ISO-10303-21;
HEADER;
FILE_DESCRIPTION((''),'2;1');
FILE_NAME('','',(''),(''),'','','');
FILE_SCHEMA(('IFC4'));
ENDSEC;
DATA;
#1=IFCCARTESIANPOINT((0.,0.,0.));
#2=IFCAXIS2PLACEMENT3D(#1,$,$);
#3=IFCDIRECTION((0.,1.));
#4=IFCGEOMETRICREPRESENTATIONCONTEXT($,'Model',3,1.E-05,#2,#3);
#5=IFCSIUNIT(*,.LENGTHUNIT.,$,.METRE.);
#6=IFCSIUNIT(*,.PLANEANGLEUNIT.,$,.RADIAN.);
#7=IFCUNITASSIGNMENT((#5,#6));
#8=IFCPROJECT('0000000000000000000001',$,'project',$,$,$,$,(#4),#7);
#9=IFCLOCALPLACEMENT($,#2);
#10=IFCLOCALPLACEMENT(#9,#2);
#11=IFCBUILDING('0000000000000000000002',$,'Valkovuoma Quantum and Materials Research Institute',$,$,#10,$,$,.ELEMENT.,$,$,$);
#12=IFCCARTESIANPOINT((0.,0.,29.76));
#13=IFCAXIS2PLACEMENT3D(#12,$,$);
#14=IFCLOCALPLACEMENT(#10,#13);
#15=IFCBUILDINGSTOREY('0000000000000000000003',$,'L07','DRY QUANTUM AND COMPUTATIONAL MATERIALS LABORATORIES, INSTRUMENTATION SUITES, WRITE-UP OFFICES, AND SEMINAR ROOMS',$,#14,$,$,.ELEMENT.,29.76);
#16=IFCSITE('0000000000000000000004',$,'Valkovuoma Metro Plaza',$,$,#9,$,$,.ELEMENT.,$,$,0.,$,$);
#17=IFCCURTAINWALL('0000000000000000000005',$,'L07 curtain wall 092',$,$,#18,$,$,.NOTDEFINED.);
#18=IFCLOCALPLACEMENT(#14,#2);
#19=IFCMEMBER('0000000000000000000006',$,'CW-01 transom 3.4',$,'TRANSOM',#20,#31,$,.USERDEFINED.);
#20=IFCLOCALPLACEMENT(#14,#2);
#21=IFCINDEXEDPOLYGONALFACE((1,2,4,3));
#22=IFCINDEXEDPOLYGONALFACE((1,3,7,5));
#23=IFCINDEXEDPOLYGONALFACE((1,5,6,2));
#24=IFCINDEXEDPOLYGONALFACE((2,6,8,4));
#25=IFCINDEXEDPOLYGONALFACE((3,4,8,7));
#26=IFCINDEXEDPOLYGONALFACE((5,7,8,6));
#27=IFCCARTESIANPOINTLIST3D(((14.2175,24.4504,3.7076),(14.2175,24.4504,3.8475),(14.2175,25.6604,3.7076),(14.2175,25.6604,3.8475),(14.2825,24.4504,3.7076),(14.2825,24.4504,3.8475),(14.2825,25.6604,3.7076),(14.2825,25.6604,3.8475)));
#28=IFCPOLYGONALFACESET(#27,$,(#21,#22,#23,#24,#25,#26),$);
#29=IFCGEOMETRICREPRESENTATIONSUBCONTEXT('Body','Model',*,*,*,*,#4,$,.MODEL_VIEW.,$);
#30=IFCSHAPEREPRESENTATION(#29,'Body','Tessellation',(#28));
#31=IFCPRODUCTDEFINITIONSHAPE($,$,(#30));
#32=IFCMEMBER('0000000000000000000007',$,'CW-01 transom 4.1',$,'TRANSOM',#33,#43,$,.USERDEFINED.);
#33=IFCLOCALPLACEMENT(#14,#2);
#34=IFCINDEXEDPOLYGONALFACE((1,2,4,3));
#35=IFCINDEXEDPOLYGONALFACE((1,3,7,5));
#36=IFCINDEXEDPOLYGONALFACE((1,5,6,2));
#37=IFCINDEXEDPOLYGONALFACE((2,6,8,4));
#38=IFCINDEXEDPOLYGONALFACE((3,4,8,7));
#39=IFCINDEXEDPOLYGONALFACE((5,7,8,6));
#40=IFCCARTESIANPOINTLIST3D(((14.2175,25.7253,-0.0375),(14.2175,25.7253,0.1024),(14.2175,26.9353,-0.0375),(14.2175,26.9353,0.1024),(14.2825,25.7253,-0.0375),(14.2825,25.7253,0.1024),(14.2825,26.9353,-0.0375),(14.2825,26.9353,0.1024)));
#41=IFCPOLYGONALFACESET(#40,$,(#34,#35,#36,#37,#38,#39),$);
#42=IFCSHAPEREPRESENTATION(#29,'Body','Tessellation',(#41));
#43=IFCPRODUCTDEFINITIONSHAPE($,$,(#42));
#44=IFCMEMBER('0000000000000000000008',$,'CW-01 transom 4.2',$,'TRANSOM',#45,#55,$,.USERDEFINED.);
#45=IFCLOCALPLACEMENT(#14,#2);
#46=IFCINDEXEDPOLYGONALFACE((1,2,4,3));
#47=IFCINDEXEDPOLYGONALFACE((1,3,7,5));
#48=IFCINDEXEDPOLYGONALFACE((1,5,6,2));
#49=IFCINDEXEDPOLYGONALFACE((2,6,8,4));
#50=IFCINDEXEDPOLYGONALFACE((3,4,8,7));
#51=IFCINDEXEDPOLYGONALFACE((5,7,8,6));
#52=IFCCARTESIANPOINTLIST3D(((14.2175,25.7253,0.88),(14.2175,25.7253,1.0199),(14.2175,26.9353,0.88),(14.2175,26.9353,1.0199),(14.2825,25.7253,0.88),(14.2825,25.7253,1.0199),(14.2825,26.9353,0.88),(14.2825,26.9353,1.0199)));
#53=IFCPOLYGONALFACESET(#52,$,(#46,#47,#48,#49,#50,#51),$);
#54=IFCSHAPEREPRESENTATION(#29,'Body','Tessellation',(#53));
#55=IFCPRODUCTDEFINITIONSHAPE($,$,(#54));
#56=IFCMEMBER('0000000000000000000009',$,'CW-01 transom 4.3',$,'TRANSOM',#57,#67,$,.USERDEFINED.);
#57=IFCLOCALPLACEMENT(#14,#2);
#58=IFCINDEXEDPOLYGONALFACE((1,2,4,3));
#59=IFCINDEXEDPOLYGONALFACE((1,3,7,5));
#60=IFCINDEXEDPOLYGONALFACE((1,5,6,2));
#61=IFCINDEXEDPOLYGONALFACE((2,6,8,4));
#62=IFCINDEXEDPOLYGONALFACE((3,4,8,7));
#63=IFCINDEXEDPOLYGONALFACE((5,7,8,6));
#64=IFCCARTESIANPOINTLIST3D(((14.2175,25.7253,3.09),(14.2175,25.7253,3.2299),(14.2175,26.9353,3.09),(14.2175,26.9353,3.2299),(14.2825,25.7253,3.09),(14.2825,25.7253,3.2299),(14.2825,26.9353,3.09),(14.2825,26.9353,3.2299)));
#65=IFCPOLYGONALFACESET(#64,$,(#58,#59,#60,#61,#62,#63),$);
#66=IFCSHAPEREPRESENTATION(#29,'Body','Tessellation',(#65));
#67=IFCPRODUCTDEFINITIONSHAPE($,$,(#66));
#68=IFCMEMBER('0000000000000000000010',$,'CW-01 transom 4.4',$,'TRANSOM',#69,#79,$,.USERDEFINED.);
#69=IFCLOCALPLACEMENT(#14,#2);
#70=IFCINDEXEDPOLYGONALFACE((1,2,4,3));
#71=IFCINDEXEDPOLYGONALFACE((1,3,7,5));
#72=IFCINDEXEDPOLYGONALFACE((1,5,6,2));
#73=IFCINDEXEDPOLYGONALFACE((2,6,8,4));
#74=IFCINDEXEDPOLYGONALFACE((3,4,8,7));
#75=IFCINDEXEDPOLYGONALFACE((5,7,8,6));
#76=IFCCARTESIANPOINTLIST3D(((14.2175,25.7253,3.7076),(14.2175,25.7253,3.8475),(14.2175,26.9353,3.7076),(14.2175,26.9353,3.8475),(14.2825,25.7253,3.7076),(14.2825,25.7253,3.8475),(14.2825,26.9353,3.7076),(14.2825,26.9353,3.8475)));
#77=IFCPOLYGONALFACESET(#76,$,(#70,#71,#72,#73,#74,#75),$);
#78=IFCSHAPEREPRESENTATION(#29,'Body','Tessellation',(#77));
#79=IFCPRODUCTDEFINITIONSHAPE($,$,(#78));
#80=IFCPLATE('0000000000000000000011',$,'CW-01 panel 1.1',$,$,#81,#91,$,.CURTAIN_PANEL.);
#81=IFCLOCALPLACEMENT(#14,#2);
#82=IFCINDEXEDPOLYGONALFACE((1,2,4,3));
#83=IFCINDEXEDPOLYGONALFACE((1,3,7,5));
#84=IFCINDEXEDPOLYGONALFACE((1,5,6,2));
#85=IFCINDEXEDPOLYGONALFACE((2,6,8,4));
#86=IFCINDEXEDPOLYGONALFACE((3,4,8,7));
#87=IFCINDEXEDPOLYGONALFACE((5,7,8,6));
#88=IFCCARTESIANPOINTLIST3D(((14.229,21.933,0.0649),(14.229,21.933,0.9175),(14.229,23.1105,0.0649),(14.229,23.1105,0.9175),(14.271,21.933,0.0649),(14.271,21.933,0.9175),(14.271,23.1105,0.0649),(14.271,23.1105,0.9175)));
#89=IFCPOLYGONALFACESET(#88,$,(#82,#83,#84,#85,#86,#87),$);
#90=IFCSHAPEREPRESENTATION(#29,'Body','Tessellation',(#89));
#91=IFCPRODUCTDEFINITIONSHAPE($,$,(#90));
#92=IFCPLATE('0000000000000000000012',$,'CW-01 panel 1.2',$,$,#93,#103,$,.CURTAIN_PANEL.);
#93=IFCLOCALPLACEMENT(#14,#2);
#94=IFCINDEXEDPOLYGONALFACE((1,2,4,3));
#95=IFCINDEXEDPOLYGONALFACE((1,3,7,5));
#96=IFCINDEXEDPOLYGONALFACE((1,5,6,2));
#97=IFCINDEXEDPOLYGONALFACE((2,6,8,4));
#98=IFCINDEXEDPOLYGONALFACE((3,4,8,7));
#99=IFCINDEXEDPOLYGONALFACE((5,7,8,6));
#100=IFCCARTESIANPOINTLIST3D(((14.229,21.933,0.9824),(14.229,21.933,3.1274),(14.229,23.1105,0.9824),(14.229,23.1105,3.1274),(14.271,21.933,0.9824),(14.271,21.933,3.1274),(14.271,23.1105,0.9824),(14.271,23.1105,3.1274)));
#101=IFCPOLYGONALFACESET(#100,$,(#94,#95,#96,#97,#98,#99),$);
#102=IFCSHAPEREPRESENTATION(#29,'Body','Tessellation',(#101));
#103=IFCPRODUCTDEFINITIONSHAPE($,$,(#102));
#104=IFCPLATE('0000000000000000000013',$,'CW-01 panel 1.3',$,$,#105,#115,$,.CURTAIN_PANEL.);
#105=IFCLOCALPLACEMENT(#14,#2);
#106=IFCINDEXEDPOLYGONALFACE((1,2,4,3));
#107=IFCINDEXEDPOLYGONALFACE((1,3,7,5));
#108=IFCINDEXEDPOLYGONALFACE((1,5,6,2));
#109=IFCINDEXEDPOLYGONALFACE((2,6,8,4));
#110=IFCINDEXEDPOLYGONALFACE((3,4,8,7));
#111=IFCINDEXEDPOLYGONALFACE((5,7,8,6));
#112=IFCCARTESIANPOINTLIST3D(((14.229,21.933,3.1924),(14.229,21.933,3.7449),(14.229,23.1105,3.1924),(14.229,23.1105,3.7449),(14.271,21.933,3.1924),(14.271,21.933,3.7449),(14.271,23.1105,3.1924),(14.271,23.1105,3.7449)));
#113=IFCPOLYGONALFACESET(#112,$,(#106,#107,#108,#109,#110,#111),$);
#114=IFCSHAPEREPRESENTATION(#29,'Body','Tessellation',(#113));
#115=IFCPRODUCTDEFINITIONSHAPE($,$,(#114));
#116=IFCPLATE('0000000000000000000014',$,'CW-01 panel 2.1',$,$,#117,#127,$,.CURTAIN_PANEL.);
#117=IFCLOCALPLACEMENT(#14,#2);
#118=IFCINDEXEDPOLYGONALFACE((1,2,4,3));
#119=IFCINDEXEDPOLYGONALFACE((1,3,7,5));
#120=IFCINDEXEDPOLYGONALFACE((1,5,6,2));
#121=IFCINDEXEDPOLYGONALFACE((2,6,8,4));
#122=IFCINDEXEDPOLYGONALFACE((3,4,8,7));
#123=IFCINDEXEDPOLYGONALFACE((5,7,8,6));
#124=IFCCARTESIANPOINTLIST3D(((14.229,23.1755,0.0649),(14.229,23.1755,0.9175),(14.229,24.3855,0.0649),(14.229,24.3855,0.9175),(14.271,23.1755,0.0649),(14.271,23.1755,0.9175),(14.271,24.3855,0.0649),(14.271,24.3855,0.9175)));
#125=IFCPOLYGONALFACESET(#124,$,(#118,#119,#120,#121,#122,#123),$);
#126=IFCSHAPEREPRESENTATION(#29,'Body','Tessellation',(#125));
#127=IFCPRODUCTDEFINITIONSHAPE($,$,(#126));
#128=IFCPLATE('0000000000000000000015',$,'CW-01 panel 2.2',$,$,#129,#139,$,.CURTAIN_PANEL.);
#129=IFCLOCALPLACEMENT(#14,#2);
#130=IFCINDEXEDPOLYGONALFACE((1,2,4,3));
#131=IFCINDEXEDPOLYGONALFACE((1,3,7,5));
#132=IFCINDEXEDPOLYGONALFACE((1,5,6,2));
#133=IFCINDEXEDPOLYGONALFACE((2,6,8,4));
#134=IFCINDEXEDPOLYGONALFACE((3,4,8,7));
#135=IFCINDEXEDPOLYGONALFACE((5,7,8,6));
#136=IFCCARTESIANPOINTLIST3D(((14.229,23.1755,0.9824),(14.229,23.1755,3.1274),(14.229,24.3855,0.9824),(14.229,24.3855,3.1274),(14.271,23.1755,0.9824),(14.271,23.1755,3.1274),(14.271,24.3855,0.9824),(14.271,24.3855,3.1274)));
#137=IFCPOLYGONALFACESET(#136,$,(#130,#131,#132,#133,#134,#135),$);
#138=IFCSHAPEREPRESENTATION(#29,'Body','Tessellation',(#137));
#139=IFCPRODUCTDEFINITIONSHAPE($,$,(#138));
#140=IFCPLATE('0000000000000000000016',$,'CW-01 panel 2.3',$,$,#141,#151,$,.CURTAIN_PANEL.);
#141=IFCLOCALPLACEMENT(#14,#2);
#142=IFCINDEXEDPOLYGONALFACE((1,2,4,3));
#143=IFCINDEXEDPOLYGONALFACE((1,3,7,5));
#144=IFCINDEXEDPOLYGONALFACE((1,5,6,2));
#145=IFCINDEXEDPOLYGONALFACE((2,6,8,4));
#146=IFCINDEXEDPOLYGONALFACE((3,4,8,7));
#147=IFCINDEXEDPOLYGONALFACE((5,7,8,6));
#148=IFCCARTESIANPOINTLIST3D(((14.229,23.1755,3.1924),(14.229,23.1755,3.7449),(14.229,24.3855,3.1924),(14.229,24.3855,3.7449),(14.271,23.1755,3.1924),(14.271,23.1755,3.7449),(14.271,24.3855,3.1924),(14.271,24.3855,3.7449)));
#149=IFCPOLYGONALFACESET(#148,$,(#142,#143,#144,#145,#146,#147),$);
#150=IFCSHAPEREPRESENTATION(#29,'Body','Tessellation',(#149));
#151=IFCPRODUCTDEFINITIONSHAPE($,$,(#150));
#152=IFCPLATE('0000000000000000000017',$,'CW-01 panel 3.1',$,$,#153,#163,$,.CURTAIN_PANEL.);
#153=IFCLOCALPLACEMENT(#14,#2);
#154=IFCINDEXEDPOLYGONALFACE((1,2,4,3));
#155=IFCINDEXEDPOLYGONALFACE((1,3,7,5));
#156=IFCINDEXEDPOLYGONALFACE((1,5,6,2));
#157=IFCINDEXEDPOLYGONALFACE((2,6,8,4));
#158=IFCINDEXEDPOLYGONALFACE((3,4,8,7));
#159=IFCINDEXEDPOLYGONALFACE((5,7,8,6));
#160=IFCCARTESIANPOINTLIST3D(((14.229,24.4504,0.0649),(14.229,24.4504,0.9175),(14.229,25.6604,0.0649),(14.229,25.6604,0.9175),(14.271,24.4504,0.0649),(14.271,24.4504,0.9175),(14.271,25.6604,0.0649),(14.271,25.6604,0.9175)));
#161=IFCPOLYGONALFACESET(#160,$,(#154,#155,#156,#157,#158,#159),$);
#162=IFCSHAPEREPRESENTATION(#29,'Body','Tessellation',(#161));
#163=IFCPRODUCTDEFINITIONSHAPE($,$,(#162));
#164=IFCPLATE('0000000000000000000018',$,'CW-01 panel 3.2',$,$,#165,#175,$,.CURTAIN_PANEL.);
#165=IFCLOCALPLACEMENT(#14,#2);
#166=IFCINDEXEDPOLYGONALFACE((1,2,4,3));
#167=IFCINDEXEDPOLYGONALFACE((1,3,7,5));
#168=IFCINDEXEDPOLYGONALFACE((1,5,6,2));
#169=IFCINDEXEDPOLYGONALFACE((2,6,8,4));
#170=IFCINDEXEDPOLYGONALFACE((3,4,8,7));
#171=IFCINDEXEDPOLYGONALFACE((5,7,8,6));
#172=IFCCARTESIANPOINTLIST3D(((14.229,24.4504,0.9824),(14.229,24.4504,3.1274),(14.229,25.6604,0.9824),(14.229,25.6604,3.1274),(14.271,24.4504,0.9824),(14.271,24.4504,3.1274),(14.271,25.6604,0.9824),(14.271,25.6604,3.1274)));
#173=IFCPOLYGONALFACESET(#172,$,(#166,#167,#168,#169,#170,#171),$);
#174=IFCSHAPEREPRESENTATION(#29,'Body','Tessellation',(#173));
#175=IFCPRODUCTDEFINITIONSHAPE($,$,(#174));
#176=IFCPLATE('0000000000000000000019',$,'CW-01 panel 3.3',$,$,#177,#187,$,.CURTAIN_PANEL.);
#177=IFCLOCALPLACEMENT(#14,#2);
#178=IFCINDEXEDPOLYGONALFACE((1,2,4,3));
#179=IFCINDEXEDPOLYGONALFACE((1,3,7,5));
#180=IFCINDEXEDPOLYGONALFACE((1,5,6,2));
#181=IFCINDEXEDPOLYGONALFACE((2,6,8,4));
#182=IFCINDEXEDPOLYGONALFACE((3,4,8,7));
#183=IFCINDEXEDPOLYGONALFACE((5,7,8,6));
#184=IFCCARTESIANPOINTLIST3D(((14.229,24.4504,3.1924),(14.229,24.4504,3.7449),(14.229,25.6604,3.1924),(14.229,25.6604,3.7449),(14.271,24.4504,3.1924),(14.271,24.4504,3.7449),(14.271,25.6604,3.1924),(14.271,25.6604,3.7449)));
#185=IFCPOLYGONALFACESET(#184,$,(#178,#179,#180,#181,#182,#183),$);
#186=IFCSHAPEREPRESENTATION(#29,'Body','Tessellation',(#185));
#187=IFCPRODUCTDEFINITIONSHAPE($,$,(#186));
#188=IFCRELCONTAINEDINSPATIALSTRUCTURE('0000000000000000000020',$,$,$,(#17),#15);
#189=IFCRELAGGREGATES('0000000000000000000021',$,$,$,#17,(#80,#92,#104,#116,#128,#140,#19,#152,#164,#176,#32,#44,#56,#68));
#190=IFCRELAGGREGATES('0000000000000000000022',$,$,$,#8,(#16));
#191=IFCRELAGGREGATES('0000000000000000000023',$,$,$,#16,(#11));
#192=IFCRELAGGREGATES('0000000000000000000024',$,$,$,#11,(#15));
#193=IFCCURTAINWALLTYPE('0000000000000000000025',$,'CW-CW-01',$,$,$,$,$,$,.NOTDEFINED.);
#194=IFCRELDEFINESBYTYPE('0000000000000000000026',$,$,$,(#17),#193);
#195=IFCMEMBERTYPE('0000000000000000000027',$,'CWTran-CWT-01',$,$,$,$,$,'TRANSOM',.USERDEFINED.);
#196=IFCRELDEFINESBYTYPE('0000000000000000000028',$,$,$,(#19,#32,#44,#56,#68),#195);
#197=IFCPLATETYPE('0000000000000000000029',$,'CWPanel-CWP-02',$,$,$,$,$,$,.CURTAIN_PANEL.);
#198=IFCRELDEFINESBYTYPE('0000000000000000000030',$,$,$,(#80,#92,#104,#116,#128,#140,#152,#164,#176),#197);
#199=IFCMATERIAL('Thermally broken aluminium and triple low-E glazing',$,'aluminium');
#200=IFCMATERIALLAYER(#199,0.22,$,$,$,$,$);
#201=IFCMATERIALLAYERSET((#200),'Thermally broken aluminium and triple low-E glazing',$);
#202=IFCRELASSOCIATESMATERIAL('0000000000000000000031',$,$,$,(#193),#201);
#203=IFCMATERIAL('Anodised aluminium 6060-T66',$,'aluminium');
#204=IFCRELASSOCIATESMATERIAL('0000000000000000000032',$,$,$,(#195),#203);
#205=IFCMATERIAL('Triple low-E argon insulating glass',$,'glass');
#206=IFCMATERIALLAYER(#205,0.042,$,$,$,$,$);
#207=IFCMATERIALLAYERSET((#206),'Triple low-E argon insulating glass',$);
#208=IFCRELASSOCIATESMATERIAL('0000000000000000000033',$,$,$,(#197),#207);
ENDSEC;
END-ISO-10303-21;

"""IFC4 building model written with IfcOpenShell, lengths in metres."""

from ifc_helpers import new_model, si_unit, direction, frame, origin, origin_2d, place, context, subcontext, project, spatial, rectangle, extrude, material, layer, layer_set, material_profile, profile_set, type_object, element, aggregate, save


model = new_model("IFC4")

# Units and contexts
model_context = context("Model", 3, precision=1e-05, world=origin(), true_north=direction((0.0, 1.0)))
body_context = subcontext(model_context, "Body", "Model", "MODEL_VIEW")
ifc_project = project(units=[si_unit("LENGTHUNIT", "METRE"), si_unit("PLANEANGLEUNIT", "RADIAN")], contexts=[model_context])

# Site, building, storey
site_placement = place(None, origin())
site = spatial("IfcSite", under=ifc_project, at=site_placement, Name="Valkovuoma Metro Plaza", CompositionType="ELEMENT", RefElevation=0.0)
building_placement = place(site_placement, origin())
building = spatial("IfcBuilding", under=site, at=building_placement, Name="Valkovuoma Quantum and Materials Research Institute", CompositionType="ELEMENT")
storey_placement = place(building_placement, frame((0.0, 0.0, 29.76)))
storey = spatial("IfcBuildingStorey", under=building, at=storey_placement, Name="L07", Description="DRY QUANTUM AND COMPUTATIONAL MATERIALS LABORATORIES, INSTRUMENTATION SUITES, WRITE-UP OFFICES, AND SEMINAR ROOMS", CompositionType="ELEMENT", Elevation=29.76)

# Curtain wall, members, plates
ifc_material_1 = material(Name="Thermally broken aluminium and triple low-E glazing", Category="aluminium")
ifc_layer_1 = layer(ifc_material_1, 0.22)
ifc_layer_set_1 = layer_set([ifc_layer_1], Name="Thermally broken aluminium and triple low-E glazing")
curtain_wall_type = type_object("IfcCurtainWallType", Name="CW-CW-01", PredefinedType="NOTDEFINED", material=ifc_layer_set_1)
curtain_wall_placement = place(storey_placement, origin())
curtain_wall = element("IfcCurtainWall", 1, at=curtain_wall_placement, inside=storey, type_object=curtain_wall_type, Name="L07 curtain wall 092", PredefinedType="NOTDEFINED")
ifc_material_2 = material(Name="Anodised aluminium 6060-T66", Category="aluminium")
ifc_material_profile_1 = material_profile(ifc_material_2, rectangle(XDim=0.0649, YDim=0.1399, at=origin_2d()), Name="Anodised aluminium 6060-T66")
ifc_profile_set_1 = profile_set([ifc_material_profile_1], Name="Anodised aluminium 6060-T66")
member_type_1 = type_object("IfcMemberType", Name="CWTran-CWT-01", ElementType="TRANSOM", PredefinedType="USERDEFINED", material=ifc_profile_set_1)
member_1_placement = place(storey_placement, frame((14.25, 24.4504, 3.7776), z_axis=(0.0, 1.0, 0.0), x_axis=(-1.0, 0.0, 0.0)))
member_1 = element("IfcMember", 2, at=member_1_placement, type_object=member_type_1, Name="CW-01 transom 3.4", ObjectType="TRANSOM", PredefinedType="USERDEFINED", context=body_context, shape_type="SweptSolid", body=[
    extrude(rectangle(XDim=0.0649, YDim=0.1399, at=origin_2d()), origin(), (0.0, 0.0, 1.0), 1.21),
])
member_2_placement = place(storey_placement, frame((14.25, 25.7253, 0.0325), z_axis=(0.0, 1.0, 0.0), x_axis=(-1.0, 0.0, 0.0)))
member_2 = element("IfcMember", 3, at=member_2_placement, type_object=member_type_1, Name="CW-01 transom 4.1", ObjectType="TRANSOM", PredefinedType="USERDEFINED", context=body_context, shape_type="SweptSolid", body=[
    extrude(rectangle(XDim=0.0649, YDim=0.1399, at=origin_2d()), origin(), (0.0, 0.0, 1.0), 1.21),
])
member_3_placement = place(storey_placement, frame((14.25, 25.7253, 0.95), z_axis=(0.0, 1.0, 0.0), x_axis=(-1.0, 0.0, 0.0)))
member_3 = element("IfcMember", 4, at=member_3_placement, type_object=member_type_1, Name="CW-01 transom 4.2", ObjectType="TRANSOM", PredefinedType="USERDEFINED", context=body_context, shape_type="SweptSolid", body=[
    extrude(rectangle(XDim=0.0649, YDim=0.1399, at=origin_2d()), origin(), (0.0, 0.0, 1.0), 1.21),
])
member_4_placement = place(storey_placement, frame((14.25, 25.7253, 3.1599), z_axis=(0.0, 1.0, 0.0), x_axis=(-1.0, 0.0, 0.0)))
member_4 = element("IfcMember", 5, at=member_4_placement, type_object=member_type_1, Name="CW-01 transom 4.3", ObjectType="TRANSOM", PredefinedType="USERDEFINED", context=body_context, shape_type="SweptSolid", body=[
    extrude(rectangle(XDim=0.0649, YDim=0.1399, at=origin_2d()), origin(), (0.0, 0.0, 1.0), 1.21),
])
member_5_placement = place(storey_placement, frame((14.25, 25.7253, 3.7776), z_axis=(0.0, 1.0, 0.0), x_axis=(-1.0, 0.0, 0.0)))
member_5 = element("IfcMember", 6, at=member_5_placement, type_object=member_type_1, Name="CW-01 transom 4.4", ObjectType="TRANSOM", PredefinedType="USERDEFINED", context=body_context, shape_type="SweptSolid", body=[
    extrude(rectangle(XDim=0.0649, YDim=0.1399, at=origin_2d()), origin(), (0.0, 0.0, 1.0), 1.21),
])
ifc_material_3 = material(Name="Triple low-E argon insulating glass", Category="glass")
ifc_layer_2 = layer(ifc_material_3, 0.042)
ifc_layer_set_2 = layer_set([ifc_layer_2], Name="Triple low-E argon insulating glass")
plate_type = type_object("IfcPlateType", Name="CWPanel-CWP-02", PredefinedType="CURTAIN_PANEL", material=ifc_layer_set_2)
plate_1_placement = place(storey_placement, frame((14.25, 22.5217, 0.0649), z_axis=(0.0, 0.0, 1.0), x_axis=(0.0, 1.0, 0.0)))
plate_1 = element("IfcPlate", 7, at=plate_1_placement, type_object=plate_type, Name="CW-01 panel 1.1", PredefinedType="CURTAIN_PANEL", context=body_context, shape_type="SweptSolid", body=[
    extrude(rectangle(XDim=1.1775, YDim=0.042, at=origin_2d()), origin(), (0.0, 0.0, 1.0), 0.8525),
])
plate_2_placement = place(storey_placement, frame((14.25, 22.5217, 0.9824), z_axis=(0.0, 0.0, 1.0), x_axis=(0.0, 1.0, 0.0)))
plate_2 = element("IfcPlate", 8, at=plate_2_placement, type_object=plate_type, Name="CW-01 panel 1.2", PredefinedType="CURTAIN_PANEL", context=body_context, shape_type="SweptSolid", body=[
    extrude(rectangle(XDim=1.1775, YDim=0.042, at=origin_2d()), origin(), (0.0, 0.0, 1.0), 2.145),
])
plate_3_placement = place(storey_placement, frame((14.25, 22.5217, 3.1924), z_axis=(0.0, 0.0, 1.0), x_axis=(0.0, 1.0, 0.0)))
plate_3 = element("IfcPlate", 9, at=plate_3_placement, type_object=plate_type, Name="CW-01 panel 1.3", PredefinedType="CURTAIN_PANEL", context=body_context, shape_type="SweptSolid", body=[
    extrude(rectangle(XDim=1.1775, YDim=0.042, at=origin_2d()), origin(), (0.0, 0.0, 1.0), 0.5525),
])
plate_4_placement = place(storey_placement, frame((14.25, 23.7805, 0.0649), z_axis=(0.0, 0.0, 1.0), x_axis=(0.0, 1.0, 0.0)))
plate_4 = element("IfcPlate", 10, at=plate_4_placement, type_object=plate_type, Name="CW-01 panel 2.1", PredefinedType="CURTAIN_PANEL", context=body_context, shape_type="SweptSolid", body=[
    extrude(rectangle(XDim=1.21, YDim=0.042, at=origin_2d()), origin(), (0.0, 0.0, 1.0), 0.8525),
])
plate_5_placement = place(storey_placement, frame((14.25, 23.7805, 0.9824), z_axis=(0.0, 0.0, 1.0), x_axis=(0.0, 1.0, 0.0)))
plate_5 = element("IfcPlate", 11, at=plate_5_placement, type_object=plate_type, Name="CW-01 panel 2.2", PredefinedType="CURTAIN_PANEL", context=body_context, shape_type="SweptSolid", body=[
    extrude(rectangle(XDim=1.21, YDim=0.042, at=origin_2d()), origin(), (0.0, 0.0, 1.0), 2.145),
])
plate_6_placement = place(storey_placement, frame((14.25, 23.7805, 3.1924), z_axis=(0.0, 0.0, 1.0), x_axis=(0.0, 1.0, 0.0)))
plate_6 = element("IfcPlate", 12, at=plate_6_placement, type_object=plate_type, Name="CW-01 panel 2.3", PredefinedType="CURTAIN_PANEL", context=body_context, shape_type="SweptSolid", body=[
    extrude(rectangle(XDim=1.21, YDim=0.042, at=origin_2d()), origin(), (0.0, 0.0, 1.0), 0.5525),
])
plate_7_placement = place(storey_placement, frame((14.25, 25.0554, 0.0649), z_axis=(0.0, 0.0, 1.0), x_axis=(0.0, 1.0, 0.0)))
plate_7 = element("IfcPlate", 13, at=plate_7_placement, type_object=plate_type, Name="CW-01 panel 3.1", PredefinedType="CURTAIN_PANEL", context=body_context, shape_type="SweptSolid", body=[
    extrude(rectangle(XDim=1.21, YDim=0.042, at=origin_2d()), origin(), (0.0, 0.0, 1.0), 0.8525),
])
plate_8_placement = place(storey_placement, frame((14.25, 25.0554, 0.9824), z_axis=(0.0, 0.0, 1.0), x_axis=(0.0, 1.0, 0.0)))
plate_8 = element("IfcPlate", 14, at=plate_8_placement, type_object=plate_type, Name="CW-01 panel 3.2", PredefinedType="CURTAIN_PANEL", context=body_context, shape_type="SweptSolid", body=[
    extrude(rectangle(XDim=1.21, YDim=0.042, at=origin_2d()), origin(), (0.0, 0.0, 1.0), 2.145),
])
plate_9_placement = place(storey_placement, frame((14.25, 25.0554, 3.1924), z_axis=(0.0, 0.0, 1.0), x_axis=(0.0, 1.0, 0.0)))
plate_9 = element("IfcPlate", 15, at=plate_9_placement, type_object=plate_type, Name="CW-01 panel 3.3", PredefinedType="CURTAIN_PANEL", context=body_context, shape_type="SweptSolid", body=[
    extrude(rectangle(XDim=1.21, YDim=0.042, at=origin_2d()), origin(), (0.0, 0.0, 1.0), 0.5525),
])
aggregate(curtain_wall, [plate_1, plate_2, plate_3, plate_4, plate_5, plate_6, member_1, plate_7, plate_8, plate_9, member_2, member_3, member_4, member_5])

save(model, "model.ifc")
